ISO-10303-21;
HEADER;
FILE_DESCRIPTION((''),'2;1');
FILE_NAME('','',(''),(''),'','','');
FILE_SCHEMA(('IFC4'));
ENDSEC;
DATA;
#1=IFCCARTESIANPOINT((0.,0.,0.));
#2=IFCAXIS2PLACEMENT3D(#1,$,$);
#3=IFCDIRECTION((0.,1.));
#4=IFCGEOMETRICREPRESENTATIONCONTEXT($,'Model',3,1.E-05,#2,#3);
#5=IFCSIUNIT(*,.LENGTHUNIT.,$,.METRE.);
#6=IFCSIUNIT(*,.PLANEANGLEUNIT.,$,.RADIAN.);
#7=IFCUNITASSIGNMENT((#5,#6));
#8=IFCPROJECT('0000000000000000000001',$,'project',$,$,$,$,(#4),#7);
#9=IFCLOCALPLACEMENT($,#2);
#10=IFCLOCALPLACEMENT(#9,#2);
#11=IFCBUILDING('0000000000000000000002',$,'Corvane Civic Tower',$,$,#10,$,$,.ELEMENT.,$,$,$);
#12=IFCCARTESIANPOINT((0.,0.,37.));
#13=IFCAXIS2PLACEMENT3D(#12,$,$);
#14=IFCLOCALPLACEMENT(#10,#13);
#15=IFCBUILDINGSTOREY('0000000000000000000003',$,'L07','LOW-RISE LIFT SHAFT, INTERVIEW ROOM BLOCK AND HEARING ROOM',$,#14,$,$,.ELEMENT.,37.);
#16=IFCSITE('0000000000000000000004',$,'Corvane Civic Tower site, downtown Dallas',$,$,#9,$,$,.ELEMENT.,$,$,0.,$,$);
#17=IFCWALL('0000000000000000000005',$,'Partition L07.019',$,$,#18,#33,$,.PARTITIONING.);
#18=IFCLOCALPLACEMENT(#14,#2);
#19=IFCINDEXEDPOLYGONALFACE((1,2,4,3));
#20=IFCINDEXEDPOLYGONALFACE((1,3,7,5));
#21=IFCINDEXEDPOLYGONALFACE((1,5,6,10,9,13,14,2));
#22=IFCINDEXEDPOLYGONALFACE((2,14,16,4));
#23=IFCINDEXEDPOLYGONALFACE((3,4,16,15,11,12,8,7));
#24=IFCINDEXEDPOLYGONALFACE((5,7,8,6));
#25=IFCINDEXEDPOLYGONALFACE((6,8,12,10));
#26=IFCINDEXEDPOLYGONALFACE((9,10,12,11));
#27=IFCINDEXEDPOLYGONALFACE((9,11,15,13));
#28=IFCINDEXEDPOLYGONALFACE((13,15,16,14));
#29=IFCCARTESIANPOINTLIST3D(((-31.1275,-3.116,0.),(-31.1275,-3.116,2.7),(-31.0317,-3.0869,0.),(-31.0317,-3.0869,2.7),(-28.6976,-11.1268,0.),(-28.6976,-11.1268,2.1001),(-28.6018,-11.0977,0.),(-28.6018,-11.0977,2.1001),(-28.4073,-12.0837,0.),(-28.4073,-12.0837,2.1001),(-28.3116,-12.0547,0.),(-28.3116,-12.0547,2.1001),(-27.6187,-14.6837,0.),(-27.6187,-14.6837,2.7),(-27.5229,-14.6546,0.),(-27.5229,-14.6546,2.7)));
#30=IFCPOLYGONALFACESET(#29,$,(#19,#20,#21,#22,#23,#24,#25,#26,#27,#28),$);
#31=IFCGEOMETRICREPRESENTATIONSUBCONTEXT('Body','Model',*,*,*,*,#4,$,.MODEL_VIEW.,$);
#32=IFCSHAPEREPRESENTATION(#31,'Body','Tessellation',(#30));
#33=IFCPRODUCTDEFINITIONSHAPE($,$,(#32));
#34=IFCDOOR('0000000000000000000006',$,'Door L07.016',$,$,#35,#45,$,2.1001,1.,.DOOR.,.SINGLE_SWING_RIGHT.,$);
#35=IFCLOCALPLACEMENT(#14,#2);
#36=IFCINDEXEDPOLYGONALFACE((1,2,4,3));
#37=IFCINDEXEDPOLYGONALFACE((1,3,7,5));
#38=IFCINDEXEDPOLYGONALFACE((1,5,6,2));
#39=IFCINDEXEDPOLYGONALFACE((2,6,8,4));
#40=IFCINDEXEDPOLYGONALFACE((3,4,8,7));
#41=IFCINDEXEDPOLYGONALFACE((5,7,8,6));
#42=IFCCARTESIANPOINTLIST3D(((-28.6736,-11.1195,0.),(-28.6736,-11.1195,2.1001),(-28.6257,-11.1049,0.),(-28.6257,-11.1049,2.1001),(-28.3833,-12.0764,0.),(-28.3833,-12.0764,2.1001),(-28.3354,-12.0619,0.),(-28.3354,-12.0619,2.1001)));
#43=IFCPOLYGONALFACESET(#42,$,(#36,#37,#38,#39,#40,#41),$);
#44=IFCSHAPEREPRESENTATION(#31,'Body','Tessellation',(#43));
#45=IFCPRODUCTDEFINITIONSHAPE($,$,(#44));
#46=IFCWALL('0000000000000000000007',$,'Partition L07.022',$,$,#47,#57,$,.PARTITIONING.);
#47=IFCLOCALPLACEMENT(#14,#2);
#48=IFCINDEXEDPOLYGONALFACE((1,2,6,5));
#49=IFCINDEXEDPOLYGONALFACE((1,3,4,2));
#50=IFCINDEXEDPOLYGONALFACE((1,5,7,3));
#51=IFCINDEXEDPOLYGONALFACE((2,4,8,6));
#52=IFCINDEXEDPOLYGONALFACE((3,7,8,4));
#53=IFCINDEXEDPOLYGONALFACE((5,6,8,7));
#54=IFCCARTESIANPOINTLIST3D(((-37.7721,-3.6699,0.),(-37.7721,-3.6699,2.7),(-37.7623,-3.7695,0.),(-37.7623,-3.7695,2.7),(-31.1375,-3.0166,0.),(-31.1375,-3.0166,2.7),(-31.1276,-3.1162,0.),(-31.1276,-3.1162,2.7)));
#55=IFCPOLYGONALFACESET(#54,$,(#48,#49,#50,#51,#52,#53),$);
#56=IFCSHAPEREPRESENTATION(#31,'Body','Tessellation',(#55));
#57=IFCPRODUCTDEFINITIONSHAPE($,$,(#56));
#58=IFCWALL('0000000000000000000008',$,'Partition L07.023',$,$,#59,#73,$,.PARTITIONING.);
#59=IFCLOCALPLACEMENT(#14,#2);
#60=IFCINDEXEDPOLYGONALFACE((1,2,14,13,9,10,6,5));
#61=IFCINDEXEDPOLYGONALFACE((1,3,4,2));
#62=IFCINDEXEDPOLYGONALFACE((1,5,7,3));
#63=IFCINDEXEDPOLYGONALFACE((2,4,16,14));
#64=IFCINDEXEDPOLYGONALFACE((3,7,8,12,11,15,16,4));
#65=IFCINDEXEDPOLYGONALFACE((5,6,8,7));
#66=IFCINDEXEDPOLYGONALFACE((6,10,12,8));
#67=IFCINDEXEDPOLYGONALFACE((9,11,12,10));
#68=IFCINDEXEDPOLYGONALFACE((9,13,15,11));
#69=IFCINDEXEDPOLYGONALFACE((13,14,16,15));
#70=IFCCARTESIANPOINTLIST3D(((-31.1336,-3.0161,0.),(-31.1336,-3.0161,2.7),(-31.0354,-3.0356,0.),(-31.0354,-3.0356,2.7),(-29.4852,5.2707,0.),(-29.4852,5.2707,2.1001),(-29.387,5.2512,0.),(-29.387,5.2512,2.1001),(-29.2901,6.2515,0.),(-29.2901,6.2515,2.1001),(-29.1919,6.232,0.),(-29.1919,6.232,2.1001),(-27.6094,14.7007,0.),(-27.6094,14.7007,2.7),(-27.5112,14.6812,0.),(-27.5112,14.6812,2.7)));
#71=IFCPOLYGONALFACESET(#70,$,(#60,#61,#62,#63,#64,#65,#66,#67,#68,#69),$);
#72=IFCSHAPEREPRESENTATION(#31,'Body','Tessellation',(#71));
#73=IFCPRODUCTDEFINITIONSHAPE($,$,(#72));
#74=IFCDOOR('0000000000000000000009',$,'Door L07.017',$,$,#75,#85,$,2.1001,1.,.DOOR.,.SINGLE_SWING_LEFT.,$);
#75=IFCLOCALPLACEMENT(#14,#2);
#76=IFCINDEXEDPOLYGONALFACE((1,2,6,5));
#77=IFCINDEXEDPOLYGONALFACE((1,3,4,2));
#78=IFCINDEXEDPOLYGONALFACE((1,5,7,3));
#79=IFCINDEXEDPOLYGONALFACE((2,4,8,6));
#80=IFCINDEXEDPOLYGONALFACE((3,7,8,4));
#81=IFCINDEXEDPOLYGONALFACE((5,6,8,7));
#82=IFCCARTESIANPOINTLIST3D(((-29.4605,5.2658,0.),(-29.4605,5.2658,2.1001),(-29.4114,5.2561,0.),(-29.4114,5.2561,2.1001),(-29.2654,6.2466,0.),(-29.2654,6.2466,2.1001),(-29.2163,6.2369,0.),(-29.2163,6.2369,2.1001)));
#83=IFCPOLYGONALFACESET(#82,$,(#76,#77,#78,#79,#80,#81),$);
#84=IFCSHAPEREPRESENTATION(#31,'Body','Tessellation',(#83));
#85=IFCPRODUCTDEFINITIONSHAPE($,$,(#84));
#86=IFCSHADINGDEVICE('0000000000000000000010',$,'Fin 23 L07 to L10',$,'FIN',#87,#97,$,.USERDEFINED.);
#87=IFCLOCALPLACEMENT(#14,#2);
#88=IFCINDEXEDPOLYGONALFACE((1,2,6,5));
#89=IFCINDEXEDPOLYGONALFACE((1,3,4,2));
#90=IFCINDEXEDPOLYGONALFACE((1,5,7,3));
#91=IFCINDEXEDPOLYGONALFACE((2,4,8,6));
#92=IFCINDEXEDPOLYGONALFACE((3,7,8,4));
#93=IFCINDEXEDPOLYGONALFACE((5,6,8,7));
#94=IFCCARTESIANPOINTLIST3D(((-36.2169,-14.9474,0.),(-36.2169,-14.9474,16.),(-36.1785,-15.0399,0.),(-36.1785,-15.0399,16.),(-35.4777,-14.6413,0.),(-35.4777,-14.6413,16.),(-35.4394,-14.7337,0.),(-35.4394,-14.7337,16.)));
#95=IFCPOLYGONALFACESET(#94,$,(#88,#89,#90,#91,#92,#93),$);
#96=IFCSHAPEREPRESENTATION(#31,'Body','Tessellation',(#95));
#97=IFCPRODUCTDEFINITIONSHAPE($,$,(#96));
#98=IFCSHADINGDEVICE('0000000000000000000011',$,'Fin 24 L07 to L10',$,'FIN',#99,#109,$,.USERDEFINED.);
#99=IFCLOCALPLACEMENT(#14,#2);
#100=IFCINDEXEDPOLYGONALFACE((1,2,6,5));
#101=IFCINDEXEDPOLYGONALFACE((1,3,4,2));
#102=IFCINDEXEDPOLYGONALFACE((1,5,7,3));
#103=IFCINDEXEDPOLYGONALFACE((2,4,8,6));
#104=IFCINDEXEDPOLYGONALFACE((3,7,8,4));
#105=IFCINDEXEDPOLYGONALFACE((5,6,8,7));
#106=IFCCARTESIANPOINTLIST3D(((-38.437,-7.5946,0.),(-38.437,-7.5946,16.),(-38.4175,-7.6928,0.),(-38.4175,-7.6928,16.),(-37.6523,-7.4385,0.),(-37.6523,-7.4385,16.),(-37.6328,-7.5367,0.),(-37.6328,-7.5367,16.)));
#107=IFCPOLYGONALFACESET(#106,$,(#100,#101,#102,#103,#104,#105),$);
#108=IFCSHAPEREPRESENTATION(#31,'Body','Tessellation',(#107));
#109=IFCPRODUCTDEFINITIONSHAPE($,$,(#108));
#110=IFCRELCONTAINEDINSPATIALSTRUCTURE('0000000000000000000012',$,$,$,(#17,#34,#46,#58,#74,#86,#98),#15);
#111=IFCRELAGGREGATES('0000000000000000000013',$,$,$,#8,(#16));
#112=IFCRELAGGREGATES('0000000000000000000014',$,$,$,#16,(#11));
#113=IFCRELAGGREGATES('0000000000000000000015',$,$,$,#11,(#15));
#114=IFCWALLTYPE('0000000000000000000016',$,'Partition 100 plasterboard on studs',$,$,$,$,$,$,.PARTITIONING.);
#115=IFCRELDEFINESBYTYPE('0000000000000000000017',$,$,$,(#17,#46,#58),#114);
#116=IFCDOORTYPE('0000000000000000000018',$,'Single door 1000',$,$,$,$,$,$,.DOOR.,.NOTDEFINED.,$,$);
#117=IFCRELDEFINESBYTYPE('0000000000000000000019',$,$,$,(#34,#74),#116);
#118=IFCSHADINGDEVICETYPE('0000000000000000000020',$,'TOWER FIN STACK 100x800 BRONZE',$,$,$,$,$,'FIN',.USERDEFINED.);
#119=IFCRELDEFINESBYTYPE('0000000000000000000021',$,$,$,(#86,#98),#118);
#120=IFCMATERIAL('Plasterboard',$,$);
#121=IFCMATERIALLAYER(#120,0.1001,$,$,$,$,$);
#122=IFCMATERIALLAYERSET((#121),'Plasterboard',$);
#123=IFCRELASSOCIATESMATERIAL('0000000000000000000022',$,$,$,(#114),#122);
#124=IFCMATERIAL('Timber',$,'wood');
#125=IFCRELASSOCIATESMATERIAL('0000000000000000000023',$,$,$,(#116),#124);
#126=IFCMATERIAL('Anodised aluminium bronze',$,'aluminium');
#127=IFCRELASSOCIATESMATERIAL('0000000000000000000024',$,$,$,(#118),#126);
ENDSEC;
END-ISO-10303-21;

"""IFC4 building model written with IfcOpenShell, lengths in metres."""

from ifc_helpers import new_model, si_unit, direction, frame, frame_2d, origin, origin_2d, place, context, subcontext, project, spatial, rectangle, extrude, material, layer, layer_set, material_profile, profile_set, type_object, element, fill, save


model = new_model("IFC4")

# Units and contexts
model_context = context("Model", 3, precision=1e-05, world=origin(), true_north=direction((0.0, 1.0)))
body_context = subcontext(model_context, "Body", "Model", "MODEL_VIEW")
ifc_project = project(units=[si_unit("LENGTHUNIT", "METRE"), si_unit("PLANEANGLEUNIT", "RADIAN")], contexts=[model_context])

# Site, building, storey
site_placement = place(None, origin())
site = spatial("IfcSite", under=ifc_project, at=site_placement, Name="Corvane Civic Tower site, downtown Dallas", CompositionType="ELEMENT", RefElevation=0.0)
building_placement = place(site_placement, origin())
building = spatial("IfcBuilding", under=site, at=building_placement, Name="Corvane Civic Tower", CompositionType="ELEMENT")
storey_placement = place(building_placement, frame((0.0, 0.0, 37.0)))
storey = spatial("IfcBuildingStorey", under=building, at=storey_placement, Name="L07", Description="LOW-RISE LIFT SHAFT, INTERVIEW ROOM BLOCK AND HEARING ROOM", CompositionType="ELEMENT", Elevation=37.0)

# Shared definitions
ifc_material_1 = material(Name="Plasterboard")
ifc_layer_1 = layer(ifc_material_1, 0.1001)
ifc_layer_set_1 = layer_set([ifc_layer_1], Name="Plasterboard")
wall_type_1 = type_object("IfcWallType", Name="Partition 100 plasterboard on studs", PredefinedType="PARTITIONING", material=ifc_layer_set_1)
ifc_material_2 = material(Name="Timber", Category="wood")
door_type_1 = type_object("IfcDoorType", Name="Single door 1000", OperationType="NOTDEFINED", PredefinedType="DOOR", material=ifc_material_2)

# Wall, opening, door
wall_1_placement = place(storey_placement, frame((-31.0796, -3.1016, 0.0), z_axis=(0.0, 0.0, 1.0), x_axis=(0.290269, -0.956945, 0.0)))
wall_1 = element("IfcWall", 1, at=wall_1_placement, inside=storey, type_object=wall_type_1, Name="Partition L07.019", PredefinedType="PARTITIONING", context=body_context, shape_type="SweptSolid", body=[
    extrude(rectangle(XDim=12.0881, YDim=0.1001, at=frame_2d((6.0439, 0.0))), origin(), (0.0, 0.0, 1.0), 2.7),
])
opening_1_placement = place(wall_1_placement, frame((8.3711, 0.0, 0.0)))
opening_1 = element("IfcOpeningElement", 2, at=opening_1_placement, cuts=wall_1, PredefinedType="OPENING", context=body_context, shape_type="SweptSolid", body=[
    extrude(rectangle(XDim=1.0, YDim=2.1001, at=frame_2d((0.5, 1.05))), frame((0.0, 0.0601, 0.0), z_axis=(0.0, -1.0, 0.0), x_axis=(1.0, 0.0, 0.0)), (0.0, 0.0, 1.0), 0.1201),
])
door_1_placement = place(opening_1_placement, frame((1.0, 0.0, 0.0), z_axis=(0.0, 0.0, 1.0), x_axis=(-1.0, 0.0, 0.0)))
door_1 = element("IfcDoor", 3, at=door_1_placement, inside=storey, type_object=door_type_1, Name="Door L07.016", OperationType="SINGLE_SWING_RIGHT", OverallHeight=2.1001, OverallWidth=1.0, PredefinedType="DOOR", context=body_context, shape_type="SweptSolid", body=[
    extrude(rectangle(XDim=1.0, YDim=2.1001, at=frame_2d((0.5, 1.05))), frame((0.0, 0.0249, 0.0), z_axis=(0.0, -1.0, 0.0), x_axis=(1.0, 0.0, 0.0)), (0.0, 0.0, 1.0), 0.05),
])
fill(opening_1, door_1)

# Wall
wall_2_placement = place(storey_placement, frame((-37.7673, -3.7197, 0.0), z_axis=(0.0, 0.0, 1.0), x_axis=(0.995187, 0.097995, 0.0)))
element("IfcWall", 4, at=wall_2_placement, inside=storey, type_object=wall_type_1, Name="Partition L07.022", PredefinedType="PARTITIONING", context=body_context, shape_type="SweptSolid", body=[
    extrude(rectangle(XDim=6.6667, YDim=0.1001, at=frame_2d((3.3335, 0.0))), origin(), (0.0, 0.0, 1.0), 2.7),
])

# Wall, opening, door
wall_3_placement = place(storey_placement, frame((-31.0845, -3.0259, 0.0), z_axis=(0.0, 0.0, 1.0), x_axis=(0.195095, 0.980784, 0.0)))
wall_3 = element("IfcWall", 5, at=wall_3_placement, inside=storey, type_object=wall_type_1, Name="Partition L07.023", PredefinedType="PARTITIONING", context=body_context, shape_type="SweptSolid", body=[
    extrude(rectangle(XDim=18.064, YDim=0.1001, at=frame_2d((9.032, 0.0))), origin(), (0.0, 0.0, 1.0), 2.7),
])
opening_2_placement = place(wall_3_placement, frame((8.4492, 0.0, 0.0)))
opening_2 = element("IfcOpeningElement", 6, at=opening_2_placement, cuts=wall_3, PredefinedType="OPENING", context=body_context, shape_type="SweptSolid", body=[
    extrude(rectangle(XDim=1.0, YDim=2.1001, at=frame_2d((0.5, 1.05))), frame((0.0, 0.0601, 0.0), z_axis=(0.0, -1.0, 0.0), x_axis=(1.0, 0.0, 0.0)), (0.0, 0.0, 1.0), 0.1201),
])
door_2_placement = place(opening_2_placement, origin())
door_2 = element("IfcDoor", 7, at=door_2_placement, inside=storey, type_object=door_type_1, Name="Door L07.017", OperationType="SINGLE_SWING_LEFT", OverallHeight=2.1001, OverallWidth=1.0, PredefinedType="DOOR", context=body_context, shape_type="SweptSolid", body=[
    extrude(rectangle(XDim=1.0, YDim=2.1001, at=frame_2d((0.5, 1.05))), frame((0.0, 0.0249, 0.0), z_axis=(0.0, -1.0, 0.0), x_axis=(1.0, 0.0, 0.0)), (0.0, 0.0, 1.0), 0.05),
])
fill(opening_2, door_2)

# Shading devices
ifc_material_3 = material(Name="Anodised aluminium bronze", Category="aluminium")
ifc_material_profile_1 = material_profile(ifc_material_3, rectangle(XDim=0.1001, YDim=0.8, at=origin_2d()), Name="TOWER FIN STACK 100x800 BRONZE")
ifc_profile_set_1 = profile_set([ifc_material_profile_1], Name="Anodised aluminium bronze")
shading_device_type = type_object("IfcShadingDeviceType", Name="TOWER FIN STACK 100x800 BRONZE", ElementType="FIN", PredefinedType="USERDEFINED", material=ifc_profile_set_1)
for number, where, z_axis, x_axis, name in (
    (8, (-35.8281, -14.8406, 0.0), (0.0, 0.0, 1.0), (-0.382683, 0.92388, 0.0), "Fin 23 L07 to L10"),
    (9, (-38.0349, -7.5657, 0.0), (0.0, 0.0, 1.0), (-0.19509, 0.980785, 0.0), "Fin 24 L07 to L10"),
):
    element("IfcShadingDevice", number, at=place(storey_placement, frame(where, z_axis=z_axis, x_axis=x_axis)), inside=storey, type_object=shading_device_type, Name=name, ObjectType="FIN", PredefinedType="USERDEFINED", context=body_context, shape_type="SweptSolid", body=[
        extrude(rectangle(XDim=0.1001, YDim=0.8, at=origin_2d()), origin(), (0.0, 0.0, 1.0), 16.0),
    ])

save(model, "model.ifc")
